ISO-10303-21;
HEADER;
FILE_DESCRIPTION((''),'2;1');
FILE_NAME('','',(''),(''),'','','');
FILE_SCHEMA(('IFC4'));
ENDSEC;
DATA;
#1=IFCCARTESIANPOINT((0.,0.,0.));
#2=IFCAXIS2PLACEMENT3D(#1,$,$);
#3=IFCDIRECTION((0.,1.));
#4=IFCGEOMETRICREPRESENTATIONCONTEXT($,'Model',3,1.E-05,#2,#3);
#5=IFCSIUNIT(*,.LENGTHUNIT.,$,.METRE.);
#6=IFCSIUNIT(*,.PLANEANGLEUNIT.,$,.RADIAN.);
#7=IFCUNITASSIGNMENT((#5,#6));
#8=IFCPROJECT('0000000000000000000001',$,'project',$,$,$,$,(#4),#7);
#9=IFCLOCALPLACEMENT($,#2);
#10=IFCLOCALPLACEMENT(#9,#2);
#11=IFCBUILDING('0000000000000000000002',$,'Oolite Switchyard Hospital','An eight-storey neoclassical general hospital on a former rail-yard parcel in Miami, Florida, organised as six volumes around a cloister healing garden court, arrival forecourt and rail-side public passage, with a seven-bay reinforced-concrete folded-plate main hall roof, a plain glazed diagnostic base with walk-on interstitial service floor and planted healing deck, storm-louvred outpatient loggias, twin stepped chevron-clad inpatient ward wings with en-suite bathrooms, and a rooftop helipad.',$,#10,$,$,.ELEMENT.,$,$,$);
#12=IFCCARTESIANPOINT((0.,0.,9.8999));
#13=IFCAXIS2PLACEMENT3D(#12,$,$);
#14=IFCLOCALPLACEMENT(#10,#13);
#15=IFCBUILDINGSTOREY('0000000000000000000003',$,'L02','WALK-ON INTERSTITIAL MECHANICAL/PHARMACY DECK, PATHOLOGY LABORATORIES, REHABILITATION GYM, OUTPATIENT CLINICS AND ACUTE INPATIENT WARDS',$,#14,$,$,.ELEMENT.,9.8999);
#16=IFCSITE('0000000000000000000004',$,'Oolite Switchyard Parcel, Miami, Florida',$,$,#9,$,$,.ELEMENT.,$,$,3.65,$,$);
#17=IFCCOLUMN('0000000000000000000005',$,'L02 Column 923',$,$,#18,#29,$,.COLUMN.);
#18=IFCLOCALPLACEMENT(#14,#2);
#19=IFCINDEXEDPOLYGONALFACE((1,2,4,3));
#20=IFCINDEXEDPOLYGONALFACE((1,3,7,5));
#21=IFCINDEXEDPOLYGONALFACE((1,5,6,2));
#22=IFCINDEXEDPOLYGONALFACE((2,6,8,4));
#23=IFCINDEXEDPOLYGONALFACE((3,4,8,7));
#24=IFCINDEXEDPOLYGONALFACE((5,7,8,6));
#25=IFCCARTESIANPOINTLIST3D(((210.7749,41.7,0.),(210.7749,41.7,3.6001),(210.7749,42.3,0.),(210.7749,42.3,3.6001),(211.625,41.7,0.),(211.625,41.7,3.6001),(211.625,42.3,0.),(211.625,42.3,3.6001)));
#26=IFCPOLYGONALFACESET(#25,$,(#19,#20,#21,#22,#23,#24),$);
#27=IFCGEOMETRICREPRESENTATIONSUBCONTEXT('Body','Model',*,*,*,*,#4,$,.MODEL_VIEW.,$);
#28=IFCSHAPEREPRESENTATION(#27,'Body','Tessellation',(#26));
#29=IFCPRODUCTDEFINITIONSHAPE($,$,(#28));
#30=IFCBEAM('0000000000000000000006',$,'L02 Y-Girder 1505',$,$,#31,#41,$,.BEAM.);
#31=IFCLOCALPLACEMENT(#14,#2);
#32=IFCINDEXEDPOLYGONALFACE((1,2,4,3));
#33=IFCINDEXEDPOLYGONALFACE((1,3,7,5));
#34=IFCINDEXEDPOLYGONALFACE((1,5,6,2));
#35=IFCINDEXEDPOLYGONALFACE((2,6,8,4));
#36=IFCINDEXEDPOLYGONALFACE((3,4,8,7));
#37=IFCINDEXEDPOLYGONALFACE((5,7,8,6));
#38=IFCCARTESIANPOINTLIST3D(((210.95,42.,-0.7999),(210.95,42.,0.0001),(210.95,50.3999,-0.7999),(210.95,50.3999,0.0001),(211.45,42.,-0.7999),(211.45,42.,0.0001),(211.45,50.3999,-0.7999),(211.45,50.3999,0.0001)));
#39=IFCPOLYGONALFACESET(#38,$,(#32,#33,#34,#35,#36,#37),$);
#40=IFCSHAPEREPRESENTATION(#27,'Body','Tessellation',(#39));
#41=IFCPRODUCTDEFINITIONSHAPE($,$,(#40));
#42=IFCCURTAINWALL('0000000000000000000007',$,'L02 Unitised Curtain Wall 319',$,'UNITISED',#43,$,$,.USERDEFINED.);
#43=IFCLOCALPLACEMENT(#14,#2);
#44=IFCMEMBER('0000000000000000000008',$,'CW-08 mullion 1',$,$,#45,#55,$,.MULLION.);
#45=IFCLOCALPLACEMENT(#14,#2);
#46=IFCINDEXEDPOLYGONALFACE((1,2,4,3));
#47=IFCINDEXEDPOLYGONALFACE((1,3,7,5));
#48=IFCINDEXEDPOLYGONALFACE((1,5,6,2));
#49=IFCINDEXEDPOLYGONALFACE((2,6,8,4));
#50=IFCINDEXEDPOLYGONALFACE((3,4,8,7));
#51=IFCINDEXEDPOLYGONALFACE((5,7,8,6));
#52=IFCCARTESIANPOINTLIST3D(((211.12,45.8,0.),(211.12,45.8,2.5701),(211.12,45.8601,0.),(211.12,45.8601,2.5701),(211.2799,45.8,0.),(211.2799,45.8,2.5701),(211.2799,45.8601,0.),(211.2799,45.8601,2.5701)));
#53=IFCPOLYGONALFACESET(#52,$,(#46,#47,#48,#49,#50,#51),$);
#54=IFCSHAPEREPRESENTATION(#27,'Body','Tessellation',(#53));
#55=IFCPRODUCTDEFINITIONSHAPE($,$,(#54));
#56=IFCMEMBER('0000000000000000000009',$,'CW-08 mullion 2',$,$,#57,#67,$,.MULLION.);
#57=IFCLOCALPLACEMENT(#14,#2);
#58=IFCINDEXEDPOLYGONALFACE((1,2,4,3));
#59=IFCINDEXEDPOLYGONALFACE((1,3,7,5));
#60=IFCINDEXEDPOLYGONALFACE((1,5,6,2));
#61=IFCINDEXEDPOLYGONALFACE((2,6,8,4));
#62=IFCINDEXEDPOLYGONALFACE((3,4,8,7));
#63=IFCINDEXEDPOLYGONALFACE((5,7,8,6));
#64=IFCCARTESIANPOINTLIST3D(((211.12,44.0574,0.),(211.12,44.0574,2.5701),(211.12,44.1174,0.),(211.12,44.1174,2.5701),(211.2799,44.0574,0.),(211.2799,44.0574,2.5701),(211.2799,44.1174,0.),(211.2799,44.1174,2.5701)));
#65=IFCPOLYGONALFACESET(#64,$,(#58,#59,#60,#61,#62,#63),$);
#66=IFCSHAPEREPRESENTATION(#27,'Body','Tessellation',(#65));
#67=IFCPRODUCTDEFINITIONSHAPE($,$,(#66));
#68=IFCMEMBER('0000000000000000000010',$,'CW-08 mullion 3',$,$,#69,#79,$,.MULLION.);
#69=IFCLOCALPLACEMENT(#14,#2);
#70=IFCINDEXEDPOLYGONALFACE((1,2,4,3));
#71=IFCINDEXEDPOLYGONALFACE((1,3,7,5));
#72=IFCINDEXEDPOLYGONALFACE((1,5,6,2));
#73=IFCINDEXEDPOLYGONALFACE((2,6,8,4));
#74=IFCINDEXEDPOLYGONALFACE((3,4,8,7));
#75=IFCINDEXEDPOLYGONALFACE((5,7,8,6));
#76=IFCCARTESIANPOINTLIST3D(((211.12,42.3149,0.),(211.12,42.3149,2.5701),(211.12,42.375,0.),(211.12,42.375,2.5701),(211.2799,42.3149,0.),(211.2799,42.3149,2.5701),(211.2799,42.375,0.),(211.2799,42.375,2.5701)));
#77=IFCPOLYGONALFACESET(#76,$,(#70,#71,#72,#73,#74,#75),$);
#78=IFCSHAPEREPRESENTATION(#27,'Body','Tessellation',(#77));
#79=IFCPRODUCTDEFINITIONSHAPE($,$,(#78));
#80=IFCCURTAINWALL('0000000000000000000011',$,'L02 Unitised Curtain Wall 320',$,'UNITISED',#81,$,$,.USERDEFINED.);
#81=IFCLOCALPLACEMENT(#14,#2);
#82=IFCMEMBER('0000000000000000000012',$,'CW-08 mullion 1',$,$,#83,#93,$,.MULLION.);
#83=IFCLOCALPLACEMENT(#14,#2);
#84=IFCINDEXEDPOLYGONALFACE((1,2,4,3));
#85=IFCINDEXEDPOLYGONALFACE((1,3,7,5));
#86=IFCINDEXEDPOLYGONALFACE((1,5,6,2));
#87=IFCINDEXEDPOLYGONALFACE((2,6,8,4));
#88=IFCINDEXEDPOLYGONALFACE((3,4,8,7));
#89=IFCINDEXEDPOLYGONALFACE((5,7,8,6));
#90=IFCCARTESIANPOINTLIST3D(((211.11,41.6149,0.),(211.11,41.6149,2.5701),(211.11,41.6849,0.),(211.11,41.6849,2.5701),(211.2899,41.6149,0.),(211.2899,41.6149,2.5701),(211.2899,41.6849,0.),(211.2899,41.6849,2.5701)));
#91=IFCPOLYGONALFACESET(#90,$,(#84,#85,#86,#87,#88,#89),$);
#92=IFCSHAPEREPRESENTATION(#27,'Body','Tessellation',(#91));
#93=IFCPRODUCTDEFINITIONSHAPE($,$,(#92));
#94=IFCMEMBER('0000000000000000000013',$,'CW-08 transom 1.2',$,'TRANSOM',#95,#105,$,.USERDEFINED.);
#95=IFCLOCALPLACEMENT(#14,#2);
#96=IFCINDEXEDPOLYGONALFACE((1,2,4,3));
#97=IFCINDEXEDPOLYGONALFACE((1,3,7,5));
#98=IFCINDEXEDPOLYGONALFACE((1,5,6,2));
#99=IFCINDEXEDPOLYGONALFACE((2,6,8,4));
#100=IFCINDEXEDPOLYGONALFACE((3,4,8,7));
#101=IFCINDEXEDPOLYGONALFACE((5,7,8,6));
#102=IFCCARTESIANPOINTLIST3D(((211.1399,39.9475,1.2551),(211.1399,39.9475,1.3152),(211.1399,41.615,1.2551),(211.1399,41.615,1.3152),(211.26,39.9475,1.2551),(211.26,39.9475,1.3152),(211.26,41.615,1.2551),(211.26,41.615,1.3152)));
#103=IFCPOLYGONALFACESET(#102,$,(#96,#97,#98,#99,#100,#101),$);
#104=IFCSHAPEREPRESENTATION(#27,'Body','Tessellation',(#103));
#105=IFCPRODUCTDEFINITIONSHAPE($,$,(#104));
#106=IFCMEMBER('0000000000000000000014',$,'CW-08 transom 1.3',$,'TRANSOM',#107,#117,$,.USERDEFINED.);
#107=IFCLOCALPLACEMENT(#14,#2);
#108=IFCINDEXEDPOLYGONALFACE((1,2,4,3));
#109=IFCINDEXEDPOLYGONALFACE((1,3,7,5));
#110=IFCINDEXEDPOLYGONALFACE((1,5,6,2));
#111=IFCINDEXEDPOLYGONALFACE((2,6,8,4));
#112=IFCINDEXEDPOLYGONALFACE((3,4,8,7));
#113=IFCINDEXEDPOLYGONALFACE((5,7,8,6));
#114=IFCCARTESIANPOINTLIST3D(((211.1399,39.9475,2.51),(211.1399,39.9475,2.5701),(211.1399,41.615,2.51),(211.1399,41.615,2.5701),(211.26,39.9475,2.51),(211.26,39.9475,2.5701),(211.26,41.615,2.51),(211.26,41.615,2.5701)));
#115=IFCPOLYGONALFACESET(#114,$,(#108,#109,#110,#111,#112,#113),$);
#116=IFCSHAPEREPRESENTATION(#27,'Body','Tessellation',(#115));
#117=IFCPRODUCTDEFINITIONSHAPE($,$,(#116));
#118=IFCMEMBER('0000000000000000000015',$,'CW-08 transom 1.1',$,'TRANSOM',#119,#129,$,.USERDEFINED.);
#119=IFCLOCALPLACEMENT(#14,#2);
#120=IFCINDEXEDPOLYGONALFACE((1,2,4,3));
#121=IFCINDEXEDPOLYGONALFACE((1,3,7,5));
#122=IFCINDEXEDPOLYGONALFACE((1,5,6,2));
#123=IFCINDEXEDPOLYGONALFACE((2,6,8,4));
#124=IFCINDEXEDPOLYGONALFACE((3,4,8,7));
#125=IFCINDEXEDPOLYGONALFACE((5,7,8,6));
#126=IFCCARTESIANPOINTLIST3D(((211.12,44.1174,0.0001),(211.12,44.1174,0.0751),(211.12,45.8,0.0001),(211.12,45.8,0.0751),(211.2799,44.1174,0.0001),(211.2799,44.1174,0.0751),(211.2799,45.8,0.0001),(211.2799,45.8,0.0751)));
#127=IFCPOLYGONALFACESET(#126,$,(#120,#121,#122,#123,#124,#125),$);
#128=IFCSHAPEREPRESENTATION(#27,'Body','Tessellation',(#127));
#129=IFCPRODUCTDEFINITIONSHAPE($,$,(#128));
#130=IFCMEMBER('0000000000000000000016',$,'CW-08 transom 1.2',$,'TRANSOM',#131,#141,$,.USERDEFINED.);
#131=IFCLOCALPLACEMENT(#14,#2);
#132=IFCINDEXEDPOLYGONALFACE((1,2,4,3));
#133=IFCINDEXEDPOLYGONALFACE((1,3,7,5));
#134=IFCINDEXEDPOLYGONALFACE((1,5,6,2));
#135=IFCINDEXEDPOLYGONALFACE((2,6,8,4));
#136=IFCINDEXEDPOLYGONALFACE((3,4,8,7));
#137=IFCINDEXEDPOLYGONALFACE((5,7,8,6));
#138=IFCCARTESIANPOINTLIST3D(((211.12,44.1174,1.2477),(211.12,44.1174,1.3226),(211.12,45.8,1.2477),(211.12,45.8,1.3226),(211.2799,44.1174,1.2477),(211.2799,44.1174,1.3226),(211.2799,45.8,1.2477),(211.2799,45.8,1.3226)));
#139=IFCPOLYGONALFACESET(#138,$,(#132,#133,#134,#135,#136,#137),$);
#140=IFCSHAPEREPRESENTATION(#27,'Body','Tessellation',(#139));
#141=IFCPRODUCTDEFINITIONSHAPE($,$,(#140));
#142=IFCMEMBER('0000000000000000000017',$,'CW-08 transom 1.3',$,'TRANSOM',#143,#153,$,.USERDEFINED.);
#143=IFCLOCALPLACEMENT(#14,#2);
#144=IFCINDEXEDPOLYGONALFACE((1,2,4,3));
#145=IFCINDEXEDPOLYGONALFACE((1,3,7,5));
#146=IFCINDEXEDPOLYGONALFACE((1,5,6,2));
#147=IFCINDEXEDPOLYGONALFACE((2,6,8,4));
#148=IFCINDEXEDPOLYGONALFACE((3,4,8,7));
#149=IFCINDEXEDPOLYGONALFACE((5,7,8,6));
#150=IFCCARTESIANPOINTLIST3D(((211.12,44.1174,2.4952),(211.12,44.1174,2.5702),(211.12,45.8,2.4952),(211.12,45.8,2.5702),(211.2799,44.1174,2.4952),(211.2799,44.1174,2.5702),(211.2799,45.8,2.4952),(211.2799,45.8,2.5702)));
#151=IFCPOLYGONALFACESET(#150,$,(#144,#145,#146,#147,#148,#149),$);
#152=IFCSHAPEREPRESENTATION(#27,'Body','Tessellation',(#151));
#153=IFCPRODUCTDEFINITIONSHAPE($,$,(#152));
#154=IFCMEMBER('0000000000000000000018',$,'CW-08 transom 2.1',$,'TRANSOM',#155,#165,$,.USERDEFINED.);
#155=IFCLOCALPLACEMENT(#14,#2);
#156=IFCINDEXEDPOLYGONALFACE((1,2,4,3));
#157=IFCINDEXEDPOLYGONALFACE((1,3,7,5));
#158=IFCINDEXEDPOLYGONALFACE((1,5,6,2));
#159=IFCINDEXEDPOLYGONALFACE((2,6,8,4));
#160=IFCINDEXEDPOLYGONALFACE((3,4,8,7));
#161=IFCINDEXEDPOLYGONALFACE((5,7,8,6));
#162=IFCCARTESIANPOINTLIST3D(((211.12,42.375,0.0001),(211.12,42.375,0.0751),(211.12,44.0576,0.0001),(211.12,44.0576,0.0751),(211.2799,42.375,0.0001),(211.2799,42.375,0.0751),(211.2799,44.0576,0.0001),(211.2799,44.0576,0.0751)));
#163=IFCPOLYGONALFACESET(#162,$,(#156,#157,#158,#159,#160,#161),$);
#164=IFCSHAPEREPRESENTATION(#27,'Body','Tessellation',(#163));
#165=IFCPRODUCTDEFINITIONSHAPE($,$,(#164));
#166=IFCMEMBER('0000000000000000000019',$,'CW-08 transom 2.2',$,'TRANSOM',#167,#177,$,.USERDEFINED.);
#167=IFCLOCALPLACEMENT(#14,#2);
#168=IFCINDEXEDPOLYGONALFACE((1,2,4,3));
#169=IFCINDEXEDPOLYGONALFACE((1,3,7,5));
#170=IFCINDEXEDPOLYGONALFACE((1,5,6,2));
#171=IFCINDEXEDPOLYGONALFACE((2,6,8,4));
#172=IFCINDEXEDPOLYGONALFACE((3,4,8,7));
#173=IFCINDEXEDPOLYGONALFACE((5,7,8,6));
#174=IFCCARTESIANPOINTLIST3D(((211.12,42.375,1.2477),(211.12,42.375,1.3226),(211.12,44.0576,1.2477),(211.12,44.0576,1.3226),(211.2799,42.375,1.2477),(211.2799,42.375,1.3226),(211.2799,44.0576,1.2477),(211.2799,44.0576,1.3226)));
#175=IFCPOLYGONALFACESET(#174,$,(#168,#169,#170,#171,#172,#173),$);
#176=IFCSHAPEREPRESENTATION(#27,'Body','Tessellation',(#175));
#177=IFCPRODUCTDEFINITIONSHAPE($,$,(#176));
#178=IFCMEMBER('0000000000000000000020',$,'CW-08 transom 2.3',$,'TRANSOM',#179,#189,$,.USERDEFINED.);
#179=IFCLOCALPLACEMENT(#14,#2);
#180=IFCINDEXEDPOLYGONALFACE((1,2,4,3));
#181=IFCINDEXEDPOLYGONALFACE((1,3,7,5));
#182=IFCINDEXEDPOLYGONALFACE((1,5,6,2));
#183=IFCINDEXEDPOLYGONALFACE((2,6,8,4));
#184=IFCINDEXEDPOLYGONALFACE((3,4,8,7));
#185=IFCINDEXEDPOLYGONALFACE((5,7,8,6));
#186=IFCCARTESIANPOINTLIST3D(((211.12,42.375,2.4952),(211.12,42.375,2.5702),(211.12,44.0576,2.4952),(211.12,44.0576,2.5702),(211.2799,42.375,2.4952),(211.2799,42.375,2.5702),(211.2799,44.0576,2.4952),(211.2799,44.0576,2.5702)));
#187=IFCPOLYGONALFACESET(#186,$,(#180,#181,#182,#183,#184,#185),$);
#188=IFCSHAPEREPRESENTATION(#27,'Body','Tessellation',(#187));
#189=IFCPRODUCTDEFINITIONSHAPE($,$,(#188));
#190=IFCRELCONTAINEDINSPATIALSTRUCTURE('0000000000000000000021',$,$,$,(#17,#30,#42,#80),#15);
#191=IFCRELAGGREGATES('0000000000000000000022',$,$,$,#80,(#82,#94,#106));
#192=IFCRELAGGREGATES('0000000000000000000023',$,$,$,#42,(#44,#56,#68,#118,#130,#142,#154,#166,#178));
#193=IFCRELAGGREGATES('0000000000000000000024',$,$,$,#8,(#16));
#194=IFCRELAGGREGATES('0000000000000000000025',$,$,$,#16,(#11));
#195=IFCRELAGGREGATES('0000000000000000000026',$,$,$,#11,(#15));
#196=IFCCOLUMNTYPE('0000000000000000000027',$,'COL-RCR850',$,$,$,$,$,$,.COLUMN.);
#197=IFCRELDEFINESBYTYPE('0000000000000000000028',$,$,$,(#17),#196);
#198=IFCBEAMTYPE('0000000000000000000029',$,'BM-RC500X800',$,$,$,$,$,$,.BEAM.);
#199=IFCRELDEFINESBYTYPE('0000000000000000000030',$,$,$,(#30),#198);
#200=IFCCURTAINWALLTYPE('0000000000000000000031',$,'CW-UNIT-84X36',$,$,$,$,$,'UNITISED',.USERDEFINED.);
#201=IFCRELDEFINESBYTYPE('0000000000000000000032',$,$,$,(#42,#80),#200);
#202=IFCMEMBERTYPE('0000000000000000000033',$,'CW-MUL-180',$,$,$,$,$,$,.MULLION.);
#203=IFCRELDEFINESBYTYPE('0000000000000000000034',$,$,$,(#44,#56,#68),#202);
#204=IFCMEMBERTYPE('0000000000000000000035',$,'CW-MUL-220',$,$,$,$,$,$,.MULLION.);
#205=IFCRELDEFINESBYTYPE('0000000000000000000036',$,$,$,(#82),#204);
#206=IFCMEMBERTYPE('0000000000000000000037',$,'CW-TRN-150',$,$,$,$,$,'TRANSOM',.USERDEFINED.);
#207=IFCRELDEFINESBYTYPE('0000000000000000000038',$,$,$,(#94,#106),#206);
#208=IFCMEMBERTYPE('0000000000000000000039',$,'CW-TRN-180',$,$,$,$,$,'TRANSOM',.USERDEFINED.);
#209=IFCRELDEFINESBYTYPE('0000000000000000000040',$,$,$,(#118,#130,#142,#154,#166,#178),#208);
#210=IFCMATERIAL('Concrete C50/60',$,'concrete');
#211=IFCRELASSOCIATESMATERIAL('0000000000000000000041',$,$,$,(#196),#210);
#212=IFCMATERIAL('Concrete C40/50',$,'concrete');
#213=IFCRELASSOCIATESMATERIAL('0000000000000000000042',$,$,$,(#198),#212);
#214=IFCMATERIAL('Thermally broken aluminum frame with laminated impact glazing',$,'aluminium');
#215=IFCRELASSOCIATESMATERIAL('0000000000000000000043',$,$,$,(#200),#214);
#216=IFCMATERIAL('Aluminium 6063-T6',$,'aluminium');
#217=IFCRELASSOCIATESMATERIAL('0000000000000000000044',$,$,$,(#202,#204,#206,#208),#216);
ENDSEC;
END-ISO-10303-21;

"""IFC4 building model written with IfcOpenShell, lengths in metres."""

from ifc_helpers import new_model, si_unit, direction, frame, origin, origin_2d, place, context, subcontext, project, spatial, rectangle, extrude, material, material_profile, profile_set, type_object, element, aggregate, save


model = new_model("IFC4")

# Units and contexts
model_context = context("Model", 3, precision=1e-05, world=origin(), true_north=direction((0.0, 1.0)))
body_context = subcontext(model_context, "Body", "Model", "MODEL_VIEW")
ifc_project = project(units=[si_unit("LENGTHUNIT", "METRE"), si_unit("PLANEANGLEUNIT", "RADIAN")], contexts=[model_context])

# Site, building, storey
site_placement = place(None, origin())
site = spatial("IfcSite", under=ifc_project, at=site_placement, Name="Oolite Switchyard Parcel, Miami, Florida", CompositionType="ELEMENT", RefElevation=3.65)
building_placement = place(site_placement, origin())
building = spatial("IfcBuilding", under=site, at=building_placement, Name="Oolite Switchyard Hospital", Description="An eight-storey neoclassical general hospital on a former rail-yard parcel in Miami, Florida, organised as six volumes around a cloister healing garden court, arrival forecourt and rail-side public passage, with a seven-bay reinforced-concrete folded-plate main hall roof, a plain glazed diagnostic base with walk-on interstitial service floor and planted healing deck, storm-louvred outpatient loggias, twin stepped chevron-clad inpatient ward wings with en-suite bathrooms, and a rooftop helipad.", CompositionType="ELEMENT")
storey_placement = place(building_placement, frame((0.0, 0.0, 9.8999)))
storey = spatial("IfcBuildingStorey", under=building, at=storey_placement, Name="L02", Description="WALK-ON INTERSTITIAL MECHANICAL/PHARMACY DECK, PATHOLOGY LABORATORIES, REHABILITATION GYM, OUTPATIENT CLINICS AND ACUTE INPATIENT WARDS", CompositionType="ELEMENT", Elevation=9.8999)

# Column
ifc_material_1 = material(Name="Concrete C50/60", Category="concrete")
ifc_material_profile_1 = material_profile(ifc_material_1, rectangle(XDim=0.8501, YDim=0.6001, at=origin_2d()), Name="RC850X600")
ifc_profile_set_1 = profile_set([ifc_material_profile_1], Name="Concrete C50/60")
column_type = type_object("IfcColumnType", Name="COL-RCR850", PredefinedType="COLUMN", material=ifc_profile_set_1)
column_placement = place(storey_placement, frame((211.2, 42.0, 0.0), z_axis=(0.0, 0.0, 1.0), x_axis=(1.0, 0.0, 0.0)))
element("IfcColumn", 1, at=column_placement, inside=storey, type_object=column_type, Name="L02 Column 923", PredefinedType="COLUMN", context=body_context, shape_type="SweptSolid", body=[
    extrude(rectangle(XDim=0.8501, YDim=0.6001, at=origin_2d()), origin(), (0.0, 0.0, 1.0), 3.6001),
])

# Beam
ifc_material_2 = material(Name="Concrete C40/50", Category="concrete")
ifc_material_profile_2 = material_profile(ifc_material_2, rectangle(XDim=0.5, YDim=0.8, at=origin_2d()), Name="RCB500X800")
ifc_profile_set_2 = profile_set([ifc_material_profile_2], Name="Concrete C40/50")
beam_type = type_object("IfcBeamType", Name="BM-RC500X800", PredefinedType="BEAM", material=ifc_profile_set_2)
beam_placement = place(storey_placement, frame((211.2, 42.0, -0.3999), z_axis=(0.0, 1.0, 0.0), x_axis=(-1.0, 0.0, 0.0)))
element("IfcBeam", 2, at=beam_placement, inside=storey, type_object=beam_type, Name="L02 Y-Girder 1505", PredefinedType="BEAM", context=body_context, shape_type="SweptSolid", body=[
    extrude(rectangle(XDim=0.5, YDim=0.8, at=origin_2d()), origin(), (0.0, 0.0, 1.0), 8.3999),
])

# Curtain walls, members
ifc_material_3 = material(Name="Thermally broken aluminum frame with laminated impact glazing", Category="aluminium")
curtain_wall_type = type_object("IfcCurtainWallType", Name="CW-UNIT-84X36", ElementType="UNITISED", PredefinedType="USERDEFINED", material=ifc_material_3)
curtain_wall_1_placement = place(storey_placement, origin())
curtain_wall_1 = element("IfcCurtainWall", 3, at=curtain_wall_1_placement, inside=storey, type_object=curtain_wall_type, Name="L02 Unitised Curtain Wall 319", ObjectType="UNITISED", PredefinedType="USERDEFINED")
ifc_material_4 = material(Name="Aluminium 6063-T6", Category="aluminium")
ifc_material_profile_3 = material_profile(ifc_material_4, rectangle(XDim=0.1599, YDim=0.0601, at=origin_2d()), Name="CWM60X160")
ifc_profile_set_3 = profile_set([ifc_material_profile_3], Name="Aluminium 6063-T6")
member_type_1 = type_object("IfcMemberType", Name="CW-MUL-180", PredefinedType="MULLION", material=ifc_profile_set_3)
member_1_placement = place(storey_placement, frame((211.2, 45.8301, 0.0), z_axis=(0.0, 0.0, 1.0), x_axis=(1.0, 0.0, 0.0)))
member_1 = element("IfcMember", 4, at=member_1_placement, type_object=member_type_1, Name="CW-08 mullion 1", PredefinedType="MULLION", context=body_context, shape_type="SweptSolid", body=[
    extrude(rectangle(XDim=0.1599, YDim=0.0601, at=origin_2d()), origin(), (0.0, 0.0, 1.0), 2.5701),
])
member_2_placement = place(storey_placement, frame((211.2, 44.0874, 0.0), z_axis=(0.0, 0.0, 1.0), x_axis=(1.0, 0.0, 0.0)))
member_2 = element("IfcMember", 5, at=member_2_placement, type_object=member_type_1, Name="CW-08 mullion 2", PredefinedType="MULLION", context=body_context, shape_type="SweptSolid", body=[
    extrude(rectangle(XDim=0.1599, YDim=0.0601, at=origin_2d()), origin(), (0.0, 0.0, 1.0), 2.5701),
])
member_3_placement = place(storey_placement, frame((211.2, 42.345, 0.0), z_axis=(0.0, 0.0, 1.0), x_axis=(1.0, 0.0, 0.0)))
member_3 = element("IfcMember", 6, at=member_3_placement, type_object=member_type_1, Name="CW-08 mullion 3", PredefinedType="MULLION", context=body_context, shape_type="SweptSolid", body=[
    extrude(rectangle(XDim=0.1599, YDim=0.0601, at=origin_2d()), origin(), (0.0, 0.0, 1.0), 2.5701),
])
curtain_wall_2_placement = place(storey_placement, origin())
curtain_wall_2 = element("IfcCurtainWall", 7, at=curtain_wall_2_placement, inside=storey, type_object=curtain_wall_type, Name="L02 Unitised Curtain Wall 320", ObjectType="UNITISED", PredefinedType="USERDEFINED")
ifc_material_profile_4 = material_profile(ifc_material_4, rectangle(XDim=0.1799, YDim=0.0701, at=origin_2d()), Name="CWM70X180")
ifc_profile_set_4 = profile_set([ifc_material_profile_4], Name="Aluminium 6063-T6")
member_type_2 = type_object("IfcMemberType", Name="CW-MUL-220", PredefinedType="MULLION", material=ifc_profile_set_4)
member_4_placement = place(storey_placement, frame((211.2, 41.6499, 0.0), z_axis=(0.0, 0.0, 1.0), x_axis=(1.0, 0.0, 0.0)))
member_4 = element("IfcMember", 8, at=member_4_placement, type_object=member_type_2, Name="CW-08 mullion 1", PredefinedType="MULLION", context=body_context, shape_type="SweptSolid", body=[
    extrude(rectangle(XDim=0.1799, YDim=0.0701, at=origin_2d()), origin(), (0.0, 0.0, 1.0), 2.5701),
])
ifc_material_profile_5 = material_profile(ifc_material_4, rectangle(XDim=0.1201, YDim=0.0601, at=origin_2d()), Name="CWT60X120")
ifc_profile_set_5 = profile_set([ifc_material_profile_5], Name="Aluminium 6063-T6")
member_type_3 = type_object("IfcMemberType", Name="CW-TRN-150", ElementType="TRANSOM", PredefinedType="USERDEFINED", material=ifc_profile_set_5)
member_5_placement = place(storey_placement, frame((211.2, 41.615, 1.2852), z_axis=(0.0, -1.0, 0.0), x_axis=(1.0, 0.0, 0.0)))
member_5 = element("IfcMember", 9, at=member_5_placement, type_object=member_type_3, Name="CW-08 transom 1.2", ObjectType="TRANSOM", PredefinedType="USERDEFINED", context=body_context, shape_type="SweptSolid", body=[
    extrude(rectangle(XDim=0.1201, YDim=0.0601, at=origin_2d()), origin(), (0.0, 0.0, 1.0), 1.6675),
])
member_6_placement = place(storey_placement, frame((211.2, 41.615, 2.54), z_axis=(0.0, -1.0, 0.0), x_axis=(1.0, 0.0, 0.0)))
member_6 = element("IfcMember", 10, at=member_6_placement, type_object=member_type_3, Name="CW-08 transom 1.3", ObjectType="TRANSOM", PredefinedType="USERDEFINED", context=body_context, shape_type="SweptSolid", body=[
    extrude(rectangle(XDim=0.1201, YDim=0.0601, at=origin_2d()), origin(), (0.0, 0.0, 1.0), 1.6675),
])
aggregate(curtain_wall_2, [member_4, member_5, member_6])

# Members
ifc_material_profile_6 = material_profile(ifc_material_4, rectangle(XDim=0.1599, YDim=0.075, at=origin_2d()), Name="CWT75X160")
ifc_profile_set_6 = profile_set([ifc_material_profile_6], Name="Aluminium 6063-T6")
member_type_4 = type_object("IfcMemberType", Name="CW-TRN-180", ElementType="TRANSOM", PredefinedType="USERDEFINED", material=ifc_profile_set_6)
member_7_placement = place(storey_placement, frame((211.2, 45.8, 0.0376), z_axis=(0.0, -1.0, 0.0), x_axis=(1.0, 0.0, 0.0)))
member_7 = element("IfcMember", 11, at=member_7_placement, type_object=member_type_4, Name="CW-08 transom 1.1", ObjectType="TRANSOM", PredefinedType="USERDEFINED", context=body_context, shape_type="SweptSolid", body=[
    extrude(rectangle(XDim=0.1599, YDim=0.075, at=origin_2d()), origin(), (0.0, 0.0, 1.0), 1.6826),
])
member_8_placement = place(storey_placement, frame((211.2, 45.8, 1.2852), z_axis=(0.0, -1.0, 0.0), x_axis=(1.0, 0.0, 0.0)))
member_8 = element("IfcMember", 12, at=member_8_placement, type_object=member_type_4, Name="CW-08 transom 1.2", ObjectType="TRANSOM", PredefinedType="USERDEFINED", context=body_context, shape_type="SweptSolid", body=[
    extrude(rectangle(XDim=0.1599, YDim=0.075, at=origin_2d()), origin(), (0.0, 0.0, 1.0), 1.6826),
])
member_9_placement = place(storey_placement, frame((211.2, 45.8, 2.5327), z_axis=(0.0, -1.0, 0.0), x_axis=(1.0, 0.0, 0.0)))
member_9 = element("IfcMember", 13, at=member_9_placement, type_object=member_type_4, Name="CW-08 transom 1.3", ObjectType="TRANSOM", PredefinedType="USERDEFINED", context=body_context, shape_type="SweptSolid", body=[
    extrude(rectangle(XDim=0.1599, YDim=0.075, at=origin_2d()), origin(), (0.0, 0.0, 1.0), 1.6826),
])
member_10_placement = place(storey_placement, frame((211.2, 44.0576, 0.0376), z_axis=(0.0, -1.0, 0.0), x_axis=(1.0, 0.0, 0.0)))
member_10 = element("IfcMember", 14, at=member_10_placement, type_object=member_type_4, Name="CW-08 transom 2.1", ObjectType="TRANSOM", PredefinedType="USERDEFINED", context=body_context, shape_type="SweptSolid", body=[
    extrude(rectangle(XDim=0.1599, YDim=0.075, at=origin_2d()), origin(), (0.0, 0.0, 1.0), 1.6826),
])
member_11_placement = place(storey_placement, frame((211.2, 44.0576, 1.2852), z_axis=(0.0, -1.0, 0.0), x_axis=(1.0, 0.0, 0.0)))
member_11 = element("IfcMember", 15, at=member_11_placement, type_object=member_type_4, Name="CW-08 transom 2.2", ObjectType="TRANSOM", PredefinedType="USERDEFINED", context=body_context, shape_type="SweptSolid", body=[
    extrude(rectangle(XDim=0.1599, YDim=0.075, at=origin_2d()), origin(), (0.0, 0.0, 1.0), 1.6826),
])
member_12_placement = place(storey_placement, frame((211.2, 44.0576, 2.5327), z_axis=(0.0, -1.0, 0.0), x_axis=(1.0, 0.0, 0.0)))
member_12 = element("IfcMember", 16, at=member_12_placement, type_object=member_type_4, Name="CW-08 transom 2.3", ObjectType="TRANSOM", PredefinedType="USERDEFINED", context=body_context, shape_type="SweptSolid", body=[
    extrude(rectangle(XDim=0.1599, YDim=0.075, at=origin_2d()), origin(), (0.0, 0.0, 1.0), 1.6826),
])

aggregate(curtain_wall_1, [member_1, member_2, member_3, member_7, member_8, member_9, member_10, member_11, member_12])

save(model, "model.ifc")
